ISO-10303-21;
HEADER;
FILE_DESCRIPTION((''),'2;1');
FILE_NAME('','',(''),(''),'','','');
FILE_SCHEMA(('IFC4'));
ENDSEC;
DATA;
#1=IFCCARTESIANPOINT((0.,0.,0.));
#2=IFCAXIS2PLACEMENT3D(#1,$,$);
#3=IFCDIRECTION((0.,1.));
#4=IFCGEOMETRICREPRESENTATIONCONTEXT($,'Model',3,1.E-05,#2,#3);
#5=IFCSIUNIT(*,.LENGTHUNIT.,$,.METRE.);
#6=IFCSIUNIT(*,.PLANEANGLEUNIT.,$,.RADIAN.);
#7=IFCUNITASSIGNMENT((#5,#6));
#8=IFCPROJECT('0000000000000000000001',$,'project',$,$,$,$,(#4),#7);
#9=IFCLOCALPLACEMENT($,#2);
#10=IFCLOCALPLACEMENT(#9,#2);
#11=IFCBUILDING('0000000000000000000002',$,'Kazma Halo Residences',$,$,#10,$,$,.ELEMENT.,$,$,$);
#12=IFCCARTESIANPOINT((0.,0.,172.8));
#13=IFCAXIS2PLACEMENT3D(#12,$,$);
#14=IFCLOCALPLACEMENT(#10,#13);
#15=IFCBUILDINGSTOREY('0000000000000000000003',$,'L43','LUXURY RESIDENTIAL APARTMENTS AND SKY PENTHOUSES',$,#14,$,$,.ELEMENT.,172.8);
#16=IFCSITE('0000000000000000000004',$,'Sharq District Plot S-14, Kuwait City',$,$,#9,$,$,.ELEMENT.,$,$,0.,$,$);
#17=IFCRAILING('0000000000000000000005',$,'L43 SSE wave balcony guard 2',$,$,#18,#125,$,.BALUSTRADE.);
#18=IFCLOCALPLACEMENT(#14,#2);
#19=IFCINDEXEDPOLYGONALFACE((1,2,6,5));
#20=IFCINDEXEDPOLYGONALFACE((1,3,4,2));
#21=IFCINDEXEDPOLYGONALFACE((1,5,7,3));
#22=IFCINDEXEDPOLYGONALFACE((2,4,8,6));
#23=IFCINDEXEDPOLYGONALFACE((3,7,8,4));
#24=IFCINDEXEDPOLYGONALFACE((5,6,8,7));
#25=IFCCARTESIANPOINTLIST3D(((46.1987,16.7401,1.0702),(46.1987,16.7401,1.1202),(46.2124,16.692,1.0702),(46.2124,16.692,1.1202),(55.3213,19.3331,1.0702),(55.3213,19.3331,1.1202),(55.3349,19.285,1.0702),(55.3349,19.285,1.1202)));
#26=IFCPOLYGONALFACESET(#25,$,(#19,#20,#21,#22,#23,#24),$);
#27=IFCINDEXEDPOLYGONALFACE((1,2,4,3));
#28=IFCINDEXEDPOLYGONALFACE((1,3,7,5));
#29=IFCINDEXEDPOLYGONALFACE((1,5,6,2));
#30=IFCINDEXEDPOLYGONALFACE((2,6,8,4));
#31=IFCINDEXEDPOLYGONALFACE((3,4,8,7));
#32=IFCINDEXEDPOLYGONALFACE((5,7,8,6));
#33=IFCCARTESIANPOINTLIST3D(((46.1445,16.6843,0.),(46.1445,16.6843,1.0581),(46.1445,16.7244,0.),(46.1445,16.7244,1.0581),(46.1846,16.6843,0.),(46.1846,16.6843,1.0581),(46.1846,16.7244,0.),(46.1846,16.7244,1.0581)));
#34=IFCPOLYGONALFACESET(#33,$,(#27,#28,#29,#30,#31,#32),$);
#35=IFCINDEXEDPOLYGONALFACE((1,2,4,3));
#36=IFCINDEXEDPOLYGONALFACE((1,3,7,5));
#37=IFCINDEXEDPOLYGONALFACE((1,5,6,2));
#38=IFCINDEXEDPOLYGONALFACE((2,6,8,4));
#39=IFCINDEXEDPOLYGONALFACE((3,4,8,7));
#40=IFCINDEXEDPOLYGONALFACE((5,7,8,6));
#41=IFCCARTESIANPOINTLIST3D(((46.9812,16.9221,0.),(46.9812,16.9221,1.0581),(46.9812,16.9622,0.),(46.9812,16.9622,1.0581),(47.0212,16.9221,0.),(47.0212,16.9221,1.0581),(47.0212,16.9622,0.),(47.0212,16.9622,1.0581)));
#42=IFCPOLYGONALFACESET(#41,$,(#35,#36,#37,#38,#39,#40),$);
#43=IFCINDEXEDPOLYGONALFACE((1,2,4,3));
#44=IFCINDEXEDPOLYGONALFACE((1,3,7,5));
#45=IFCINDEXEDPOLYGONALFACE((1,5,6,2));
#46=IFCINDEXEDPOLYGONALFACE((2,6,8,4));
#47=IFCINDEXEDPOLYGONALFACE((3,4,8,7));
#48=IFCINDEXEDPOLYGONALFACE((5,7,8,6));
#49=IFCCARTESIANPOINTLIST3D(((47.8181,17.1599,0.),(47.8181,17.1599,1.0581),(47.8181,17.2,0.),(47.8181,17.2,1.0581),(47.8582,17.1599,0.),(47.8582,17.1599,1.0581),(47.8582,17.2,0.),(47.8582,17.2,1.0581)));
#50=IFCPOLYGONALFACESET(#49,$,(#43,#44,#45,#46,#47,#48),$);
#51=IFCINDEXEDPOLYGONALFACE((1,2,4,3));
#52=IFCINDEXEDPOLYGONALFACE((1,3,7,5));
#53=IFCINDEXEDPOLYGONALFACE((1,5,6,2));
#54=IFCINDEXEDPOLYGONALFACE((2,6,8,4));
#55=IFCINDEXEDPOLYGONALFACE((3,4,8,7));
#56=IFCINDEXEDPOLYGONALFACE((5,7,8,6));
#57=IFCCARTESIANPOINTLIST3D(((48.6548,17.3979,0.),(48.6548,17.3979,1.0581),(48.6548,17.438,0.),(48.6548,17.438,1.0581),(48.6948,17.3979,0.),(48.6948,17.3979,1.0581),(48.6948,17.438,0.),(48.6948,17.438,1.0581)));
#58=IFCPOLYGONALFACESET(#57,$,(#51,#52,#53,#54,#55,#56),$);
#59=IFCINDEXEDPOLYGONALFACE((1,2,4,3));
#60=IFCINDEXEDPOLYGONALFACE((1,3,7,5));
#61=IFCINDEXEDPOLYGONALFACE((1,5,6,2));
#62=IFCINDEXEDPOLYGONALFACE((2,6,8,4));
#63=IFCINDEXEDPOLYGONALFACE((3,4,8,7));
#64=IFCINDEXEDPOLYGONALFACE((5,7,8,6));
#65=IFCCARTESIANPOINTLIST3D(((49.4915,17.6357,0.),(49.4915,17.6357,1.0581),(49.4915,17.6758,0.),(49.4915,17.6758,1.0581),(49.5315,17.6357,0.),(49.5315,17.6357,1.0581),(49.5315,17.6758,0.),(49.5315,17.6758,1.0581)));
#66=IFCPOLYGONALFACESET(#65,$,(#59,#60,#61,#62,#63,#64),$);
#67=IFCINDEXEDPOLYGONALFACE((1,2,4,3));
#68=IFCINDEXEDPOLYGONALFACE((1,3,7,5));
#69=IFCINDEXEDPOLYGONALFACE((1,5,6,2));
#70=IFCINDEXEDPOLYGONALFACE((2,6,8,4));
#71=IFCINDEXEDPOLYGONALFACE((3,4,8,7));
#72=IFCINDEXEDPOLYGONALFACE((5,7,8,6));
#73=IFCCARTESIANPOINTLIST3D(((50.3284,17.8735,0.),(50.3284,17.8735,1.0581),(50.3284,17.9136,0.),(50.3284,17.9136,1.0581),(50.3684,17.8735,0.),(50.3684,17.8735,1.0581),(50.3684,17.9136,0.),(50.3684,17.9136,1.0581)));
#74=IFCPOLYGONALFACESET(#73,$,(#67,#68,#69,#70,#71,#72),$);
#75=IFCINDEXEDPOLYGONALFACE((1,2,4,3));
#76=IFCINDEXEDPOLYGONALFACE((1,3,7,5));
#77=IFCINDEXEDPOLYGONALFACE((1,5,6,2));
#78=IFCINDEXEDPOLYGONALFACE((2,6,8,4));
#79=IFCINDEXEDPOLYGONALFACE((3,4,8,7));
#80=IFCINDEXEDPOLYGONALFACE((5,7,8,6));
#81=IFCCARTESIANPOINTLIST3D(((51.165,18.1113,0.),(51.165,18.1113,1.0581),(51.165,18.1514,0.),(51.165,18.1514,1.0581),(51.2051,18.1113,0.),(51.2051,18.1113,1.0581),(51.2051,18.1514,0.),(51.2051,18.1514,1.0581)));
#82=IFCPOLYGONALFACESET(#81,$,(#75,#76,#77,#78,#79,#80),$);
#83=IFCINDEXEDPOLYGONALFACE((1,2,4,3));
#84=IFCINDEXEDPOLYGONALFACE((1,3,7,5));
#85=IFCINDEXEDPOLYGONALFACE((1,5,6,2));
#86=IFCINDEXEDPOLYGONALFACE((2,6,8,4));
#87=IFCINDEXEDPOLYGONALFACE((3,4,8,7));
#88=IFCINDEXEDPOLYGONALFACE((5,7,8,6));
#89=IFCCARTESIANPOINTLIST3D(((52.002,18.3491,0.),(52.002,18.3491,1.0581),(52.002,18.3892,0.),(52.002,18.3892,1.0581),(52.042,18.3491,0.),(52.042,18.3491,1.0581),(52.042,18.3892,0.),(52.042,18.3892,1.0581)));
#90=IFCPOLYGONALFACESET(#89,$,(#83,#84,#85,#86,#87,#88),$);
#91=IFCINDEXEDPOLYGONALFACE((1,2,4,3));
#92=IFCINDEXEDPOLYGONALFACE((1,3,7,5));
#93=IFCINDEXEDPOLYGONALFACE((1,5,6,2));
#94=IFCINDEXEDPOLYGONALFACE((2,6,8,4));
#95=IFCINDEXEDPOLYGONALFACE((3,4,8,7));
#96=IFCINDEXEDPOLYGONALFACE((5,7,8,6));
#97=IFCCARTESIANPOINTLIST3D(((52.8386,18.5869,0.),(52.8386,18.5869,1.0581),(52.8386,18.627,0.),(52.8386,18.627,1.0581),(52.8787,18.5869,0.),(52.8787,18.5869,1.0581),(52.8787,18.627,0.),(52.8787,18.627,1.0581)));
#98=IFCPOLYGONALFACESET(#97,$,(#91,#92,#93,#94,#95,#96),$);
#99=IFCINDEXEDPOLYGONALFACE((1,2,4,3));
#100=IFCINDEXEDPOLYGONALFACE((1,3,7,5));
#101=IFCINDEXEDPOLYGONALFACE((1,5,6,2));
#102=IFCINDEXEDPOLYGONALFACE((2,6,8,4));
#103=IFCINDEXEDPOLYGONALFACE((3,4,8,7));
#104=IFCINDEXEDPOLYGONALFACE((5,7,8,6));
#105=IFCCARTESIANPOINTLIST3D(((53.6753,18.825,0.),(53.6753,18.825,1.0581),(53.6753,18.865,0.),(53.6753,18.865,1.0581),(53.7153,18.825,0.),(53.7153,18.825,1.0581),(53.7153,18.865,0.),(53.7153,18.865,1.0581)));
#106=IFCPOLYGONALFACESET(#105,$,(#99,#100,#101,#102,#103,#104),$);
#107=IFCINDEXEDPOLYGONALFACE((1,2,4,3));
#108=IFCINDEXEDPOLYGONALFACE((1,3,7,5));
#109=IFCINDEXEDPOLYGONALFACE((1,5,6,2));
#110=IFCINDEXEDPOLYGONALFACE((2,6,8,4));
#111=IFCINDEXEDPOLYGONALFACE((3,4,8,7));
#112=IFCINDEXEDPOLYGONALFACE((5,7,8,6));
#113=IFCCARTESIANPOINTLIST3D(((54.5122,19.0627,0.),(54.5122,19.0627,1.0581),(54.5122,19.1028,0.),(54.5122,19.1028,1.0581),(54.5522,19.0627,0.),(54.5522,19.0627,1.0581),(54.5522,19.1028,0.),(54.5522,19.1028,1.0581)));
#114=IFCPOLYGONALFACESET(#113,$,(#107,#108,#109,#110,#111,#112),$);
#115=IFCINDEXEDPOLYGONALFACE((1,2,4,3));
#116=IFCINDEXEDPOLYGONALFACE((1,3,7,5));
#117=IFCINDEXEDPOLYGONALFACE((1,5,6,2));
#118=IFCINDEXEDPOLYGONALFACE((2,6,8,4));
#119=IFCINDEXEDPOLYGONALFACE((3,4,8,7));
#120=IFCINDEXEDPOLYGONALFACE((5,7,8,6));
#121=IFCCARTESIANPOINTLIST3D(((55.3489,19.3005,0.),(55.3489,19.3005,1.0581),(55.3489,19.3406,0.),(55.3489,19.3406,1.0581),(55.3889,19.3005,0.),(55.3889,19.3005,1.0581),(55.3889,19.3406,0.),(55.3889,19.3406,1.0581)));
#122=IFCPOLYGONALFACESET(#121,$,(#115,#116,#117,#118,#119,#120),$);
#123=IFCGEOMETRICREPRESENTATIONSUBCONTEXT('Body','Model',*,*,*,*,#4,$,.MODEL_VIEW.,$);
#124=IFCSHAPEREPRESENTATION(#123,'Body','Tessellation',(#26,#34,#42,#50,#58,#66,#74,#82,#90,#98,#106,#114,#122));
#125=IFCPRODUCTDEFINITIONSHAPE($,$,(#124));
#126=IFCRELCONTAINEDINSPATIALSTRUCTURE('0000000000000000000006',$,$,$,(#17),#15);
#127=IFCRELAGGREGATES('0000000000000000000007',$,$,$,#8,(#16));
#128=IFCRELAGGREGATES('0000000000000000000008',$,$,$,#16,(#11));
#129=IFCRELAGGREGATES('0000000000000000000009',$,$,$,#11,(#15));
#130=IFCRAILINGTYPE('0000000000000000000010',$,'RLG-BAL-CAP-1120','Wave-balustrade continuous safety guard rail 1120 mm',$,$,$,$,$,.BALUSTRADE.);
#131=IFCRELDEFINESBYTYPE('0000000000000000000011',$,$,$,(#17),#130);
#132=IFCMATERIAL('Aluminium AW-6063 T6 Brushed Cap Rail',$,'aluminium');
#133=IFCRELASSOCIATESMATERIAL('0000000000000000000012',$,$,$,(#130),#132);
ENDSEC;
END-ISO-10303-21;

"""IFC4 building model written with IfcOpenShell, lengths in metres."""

from ifc_helpers import new_model, si_unit, direction, frame, origin, origin_2d, place, context, subcontext, project, spatial, rectangle, extrude, material, type_object, element, save


model = new_model("IFC4")

# Units and contexts
model_context = context("Model", 3, precision=1e-05, world=origin(), true_north=direction((0.0, 1.0)))
body_context = subcontext(model_context, "Body", "Model", "MODEL_VIEW")
ifc_project = project(units=[si_unit("LENGTHUNIT", "METRE"), si_unit("PLANEANGLEUNIT", "RADIAN")], contexts=[model_context])

# Site, building, storey
site_placement = place(None, origin())
site = spatial("IfcSite", under=ifc_project, at=site_placement, Name="Sharq District Plot S-14, Kuwait City", CompositionType="ELEMENT", RefElevation=0.0)
building_placement = place(site_placement, origin())
building = spatial("IfcBuilding", under=site, at=building_placement, Name="Kazma Halo Residences", CompositionType="ELEMENT")
storey_placement = place(building_placement, frame((0.0, 0.0, 172.8)))
storey = spatial("IfcBuildingStorey", under=building, at=storey_placement, Name="L43", Description="LUXURY RESIDENTIAL APARTMENTS AND SKY PENTHOUSES", CompositionType="ELEMENT", Elevation=172.8)

# Railing
ifc_material_1 = material(Name="Aluminium AW-6063 T6 Brushed Cap Rail", Category="aluminium")
railing_type = type_object("IfcRailingType", Name="RLG-BAL-CAP-1120", Description="Wave-balustrade continuous safety guard rail 1120 mm", PredefinedType="BALUSTRADE", material=ifc_material_1)
railing_1_placement = place(storey_placement, frame((46.1646, 16.7043, 0.0)))
element("IfcRailing", 1, at=railing_1_placement, inside=storey, type_object=railing_type, Name="L43 SSE wave balcony guard 2", PredefinedType="BALUSTRADE", context=body_context, shape_type="SweptSolid", body=[
    extrude(rectangle(XDim=0.05, YDim=0.05, at=origin_2d()), frame((0.041, 0.0117, 1.0952), z_axis=(0.961899, 0.273407, 0.0), x_axis=(-0.273407, 0.961899, 0.0)), (0.0, 0.0, 1.0), 9.4839),
    extrude(rectangle(XDim=0.04, YDim=0.04, at=origin_2d()), origin(), (0.0, 0.0, 1.0), 1.0581),
    extrude(rectangle(XDim=0.04, YDim=0.04, at=origin_2d()), frame((0.8367, 0.2378, 0.0)), (0.0, 0.0, 1.0), 1.0581),
    extrude(rectangle(XDim=0.04, YDim=0.04, at=origin_2d()), frame((1.6736, 0.4756, 0.0)), (0.0, 0.0, 1.0), 1.0581),
    extrude(rectangle(XDim=0.04, YDim=0.04, at=origin_2d()), frame((2.5103, 0.7136, 0.0)), (0.0, 0.0, 1.0), 1.0581),
    extrude(rectangle(XDim=0.04, YDim=0.04, at=origin_2d()), frame((3.3469, 0.9514, 0.0)), (0.0, 0.0, 1.0), 1.0581),
    extrude(rectangle(XDim=0.04, YDim=0.04, at=origin_2d()), frame((4.1838, 1.1892, 0.0)), (0.0, 0.0, 1.0), 1.0581),
    extrude(rectangle(XDim=0.04, YDim=0.04, at=origin_2d()), frame((5.0205, 1.427, 0.0)), (0.0, 0.0, 1.0), 1.0581),
    extrude(rectangle(XDim=0.04, YDim=0.04, at=origin_2d()), frame((5.8574, 1.6648, 0.0)), (0.0, 0.0, 1.0), 1.0581),
    extrude(rectangle(XDim=0.04, YDim=0.04, at=origin_2d()), frame((6.6941, 1.9026, 0.0)), (0.0, 0.0, 1.0), 1.0581),
    extrude(rectangle(XDim=0.04, YDim=0.04, at=origin_2d()), frame((7.5308, 2.1406, 0.0)), (0.0, 0.0, 1.0), 1.0581),
    extrude(rectangle(XDim=0.04, YDim=0.04, at=origin_2d()), frame((8.3677, 2.3784, 0.0)), (0.0, 0.0, 1.0), 1.0581),
    extrude(rectangle(XDim=0.04, YDim=0.04, at=origin_2d()), frame((9.2043, 2.6162, 0.0)), (0.0, 0.0, 1.0), 1.0581),
])

save(model, "model.ifc")
